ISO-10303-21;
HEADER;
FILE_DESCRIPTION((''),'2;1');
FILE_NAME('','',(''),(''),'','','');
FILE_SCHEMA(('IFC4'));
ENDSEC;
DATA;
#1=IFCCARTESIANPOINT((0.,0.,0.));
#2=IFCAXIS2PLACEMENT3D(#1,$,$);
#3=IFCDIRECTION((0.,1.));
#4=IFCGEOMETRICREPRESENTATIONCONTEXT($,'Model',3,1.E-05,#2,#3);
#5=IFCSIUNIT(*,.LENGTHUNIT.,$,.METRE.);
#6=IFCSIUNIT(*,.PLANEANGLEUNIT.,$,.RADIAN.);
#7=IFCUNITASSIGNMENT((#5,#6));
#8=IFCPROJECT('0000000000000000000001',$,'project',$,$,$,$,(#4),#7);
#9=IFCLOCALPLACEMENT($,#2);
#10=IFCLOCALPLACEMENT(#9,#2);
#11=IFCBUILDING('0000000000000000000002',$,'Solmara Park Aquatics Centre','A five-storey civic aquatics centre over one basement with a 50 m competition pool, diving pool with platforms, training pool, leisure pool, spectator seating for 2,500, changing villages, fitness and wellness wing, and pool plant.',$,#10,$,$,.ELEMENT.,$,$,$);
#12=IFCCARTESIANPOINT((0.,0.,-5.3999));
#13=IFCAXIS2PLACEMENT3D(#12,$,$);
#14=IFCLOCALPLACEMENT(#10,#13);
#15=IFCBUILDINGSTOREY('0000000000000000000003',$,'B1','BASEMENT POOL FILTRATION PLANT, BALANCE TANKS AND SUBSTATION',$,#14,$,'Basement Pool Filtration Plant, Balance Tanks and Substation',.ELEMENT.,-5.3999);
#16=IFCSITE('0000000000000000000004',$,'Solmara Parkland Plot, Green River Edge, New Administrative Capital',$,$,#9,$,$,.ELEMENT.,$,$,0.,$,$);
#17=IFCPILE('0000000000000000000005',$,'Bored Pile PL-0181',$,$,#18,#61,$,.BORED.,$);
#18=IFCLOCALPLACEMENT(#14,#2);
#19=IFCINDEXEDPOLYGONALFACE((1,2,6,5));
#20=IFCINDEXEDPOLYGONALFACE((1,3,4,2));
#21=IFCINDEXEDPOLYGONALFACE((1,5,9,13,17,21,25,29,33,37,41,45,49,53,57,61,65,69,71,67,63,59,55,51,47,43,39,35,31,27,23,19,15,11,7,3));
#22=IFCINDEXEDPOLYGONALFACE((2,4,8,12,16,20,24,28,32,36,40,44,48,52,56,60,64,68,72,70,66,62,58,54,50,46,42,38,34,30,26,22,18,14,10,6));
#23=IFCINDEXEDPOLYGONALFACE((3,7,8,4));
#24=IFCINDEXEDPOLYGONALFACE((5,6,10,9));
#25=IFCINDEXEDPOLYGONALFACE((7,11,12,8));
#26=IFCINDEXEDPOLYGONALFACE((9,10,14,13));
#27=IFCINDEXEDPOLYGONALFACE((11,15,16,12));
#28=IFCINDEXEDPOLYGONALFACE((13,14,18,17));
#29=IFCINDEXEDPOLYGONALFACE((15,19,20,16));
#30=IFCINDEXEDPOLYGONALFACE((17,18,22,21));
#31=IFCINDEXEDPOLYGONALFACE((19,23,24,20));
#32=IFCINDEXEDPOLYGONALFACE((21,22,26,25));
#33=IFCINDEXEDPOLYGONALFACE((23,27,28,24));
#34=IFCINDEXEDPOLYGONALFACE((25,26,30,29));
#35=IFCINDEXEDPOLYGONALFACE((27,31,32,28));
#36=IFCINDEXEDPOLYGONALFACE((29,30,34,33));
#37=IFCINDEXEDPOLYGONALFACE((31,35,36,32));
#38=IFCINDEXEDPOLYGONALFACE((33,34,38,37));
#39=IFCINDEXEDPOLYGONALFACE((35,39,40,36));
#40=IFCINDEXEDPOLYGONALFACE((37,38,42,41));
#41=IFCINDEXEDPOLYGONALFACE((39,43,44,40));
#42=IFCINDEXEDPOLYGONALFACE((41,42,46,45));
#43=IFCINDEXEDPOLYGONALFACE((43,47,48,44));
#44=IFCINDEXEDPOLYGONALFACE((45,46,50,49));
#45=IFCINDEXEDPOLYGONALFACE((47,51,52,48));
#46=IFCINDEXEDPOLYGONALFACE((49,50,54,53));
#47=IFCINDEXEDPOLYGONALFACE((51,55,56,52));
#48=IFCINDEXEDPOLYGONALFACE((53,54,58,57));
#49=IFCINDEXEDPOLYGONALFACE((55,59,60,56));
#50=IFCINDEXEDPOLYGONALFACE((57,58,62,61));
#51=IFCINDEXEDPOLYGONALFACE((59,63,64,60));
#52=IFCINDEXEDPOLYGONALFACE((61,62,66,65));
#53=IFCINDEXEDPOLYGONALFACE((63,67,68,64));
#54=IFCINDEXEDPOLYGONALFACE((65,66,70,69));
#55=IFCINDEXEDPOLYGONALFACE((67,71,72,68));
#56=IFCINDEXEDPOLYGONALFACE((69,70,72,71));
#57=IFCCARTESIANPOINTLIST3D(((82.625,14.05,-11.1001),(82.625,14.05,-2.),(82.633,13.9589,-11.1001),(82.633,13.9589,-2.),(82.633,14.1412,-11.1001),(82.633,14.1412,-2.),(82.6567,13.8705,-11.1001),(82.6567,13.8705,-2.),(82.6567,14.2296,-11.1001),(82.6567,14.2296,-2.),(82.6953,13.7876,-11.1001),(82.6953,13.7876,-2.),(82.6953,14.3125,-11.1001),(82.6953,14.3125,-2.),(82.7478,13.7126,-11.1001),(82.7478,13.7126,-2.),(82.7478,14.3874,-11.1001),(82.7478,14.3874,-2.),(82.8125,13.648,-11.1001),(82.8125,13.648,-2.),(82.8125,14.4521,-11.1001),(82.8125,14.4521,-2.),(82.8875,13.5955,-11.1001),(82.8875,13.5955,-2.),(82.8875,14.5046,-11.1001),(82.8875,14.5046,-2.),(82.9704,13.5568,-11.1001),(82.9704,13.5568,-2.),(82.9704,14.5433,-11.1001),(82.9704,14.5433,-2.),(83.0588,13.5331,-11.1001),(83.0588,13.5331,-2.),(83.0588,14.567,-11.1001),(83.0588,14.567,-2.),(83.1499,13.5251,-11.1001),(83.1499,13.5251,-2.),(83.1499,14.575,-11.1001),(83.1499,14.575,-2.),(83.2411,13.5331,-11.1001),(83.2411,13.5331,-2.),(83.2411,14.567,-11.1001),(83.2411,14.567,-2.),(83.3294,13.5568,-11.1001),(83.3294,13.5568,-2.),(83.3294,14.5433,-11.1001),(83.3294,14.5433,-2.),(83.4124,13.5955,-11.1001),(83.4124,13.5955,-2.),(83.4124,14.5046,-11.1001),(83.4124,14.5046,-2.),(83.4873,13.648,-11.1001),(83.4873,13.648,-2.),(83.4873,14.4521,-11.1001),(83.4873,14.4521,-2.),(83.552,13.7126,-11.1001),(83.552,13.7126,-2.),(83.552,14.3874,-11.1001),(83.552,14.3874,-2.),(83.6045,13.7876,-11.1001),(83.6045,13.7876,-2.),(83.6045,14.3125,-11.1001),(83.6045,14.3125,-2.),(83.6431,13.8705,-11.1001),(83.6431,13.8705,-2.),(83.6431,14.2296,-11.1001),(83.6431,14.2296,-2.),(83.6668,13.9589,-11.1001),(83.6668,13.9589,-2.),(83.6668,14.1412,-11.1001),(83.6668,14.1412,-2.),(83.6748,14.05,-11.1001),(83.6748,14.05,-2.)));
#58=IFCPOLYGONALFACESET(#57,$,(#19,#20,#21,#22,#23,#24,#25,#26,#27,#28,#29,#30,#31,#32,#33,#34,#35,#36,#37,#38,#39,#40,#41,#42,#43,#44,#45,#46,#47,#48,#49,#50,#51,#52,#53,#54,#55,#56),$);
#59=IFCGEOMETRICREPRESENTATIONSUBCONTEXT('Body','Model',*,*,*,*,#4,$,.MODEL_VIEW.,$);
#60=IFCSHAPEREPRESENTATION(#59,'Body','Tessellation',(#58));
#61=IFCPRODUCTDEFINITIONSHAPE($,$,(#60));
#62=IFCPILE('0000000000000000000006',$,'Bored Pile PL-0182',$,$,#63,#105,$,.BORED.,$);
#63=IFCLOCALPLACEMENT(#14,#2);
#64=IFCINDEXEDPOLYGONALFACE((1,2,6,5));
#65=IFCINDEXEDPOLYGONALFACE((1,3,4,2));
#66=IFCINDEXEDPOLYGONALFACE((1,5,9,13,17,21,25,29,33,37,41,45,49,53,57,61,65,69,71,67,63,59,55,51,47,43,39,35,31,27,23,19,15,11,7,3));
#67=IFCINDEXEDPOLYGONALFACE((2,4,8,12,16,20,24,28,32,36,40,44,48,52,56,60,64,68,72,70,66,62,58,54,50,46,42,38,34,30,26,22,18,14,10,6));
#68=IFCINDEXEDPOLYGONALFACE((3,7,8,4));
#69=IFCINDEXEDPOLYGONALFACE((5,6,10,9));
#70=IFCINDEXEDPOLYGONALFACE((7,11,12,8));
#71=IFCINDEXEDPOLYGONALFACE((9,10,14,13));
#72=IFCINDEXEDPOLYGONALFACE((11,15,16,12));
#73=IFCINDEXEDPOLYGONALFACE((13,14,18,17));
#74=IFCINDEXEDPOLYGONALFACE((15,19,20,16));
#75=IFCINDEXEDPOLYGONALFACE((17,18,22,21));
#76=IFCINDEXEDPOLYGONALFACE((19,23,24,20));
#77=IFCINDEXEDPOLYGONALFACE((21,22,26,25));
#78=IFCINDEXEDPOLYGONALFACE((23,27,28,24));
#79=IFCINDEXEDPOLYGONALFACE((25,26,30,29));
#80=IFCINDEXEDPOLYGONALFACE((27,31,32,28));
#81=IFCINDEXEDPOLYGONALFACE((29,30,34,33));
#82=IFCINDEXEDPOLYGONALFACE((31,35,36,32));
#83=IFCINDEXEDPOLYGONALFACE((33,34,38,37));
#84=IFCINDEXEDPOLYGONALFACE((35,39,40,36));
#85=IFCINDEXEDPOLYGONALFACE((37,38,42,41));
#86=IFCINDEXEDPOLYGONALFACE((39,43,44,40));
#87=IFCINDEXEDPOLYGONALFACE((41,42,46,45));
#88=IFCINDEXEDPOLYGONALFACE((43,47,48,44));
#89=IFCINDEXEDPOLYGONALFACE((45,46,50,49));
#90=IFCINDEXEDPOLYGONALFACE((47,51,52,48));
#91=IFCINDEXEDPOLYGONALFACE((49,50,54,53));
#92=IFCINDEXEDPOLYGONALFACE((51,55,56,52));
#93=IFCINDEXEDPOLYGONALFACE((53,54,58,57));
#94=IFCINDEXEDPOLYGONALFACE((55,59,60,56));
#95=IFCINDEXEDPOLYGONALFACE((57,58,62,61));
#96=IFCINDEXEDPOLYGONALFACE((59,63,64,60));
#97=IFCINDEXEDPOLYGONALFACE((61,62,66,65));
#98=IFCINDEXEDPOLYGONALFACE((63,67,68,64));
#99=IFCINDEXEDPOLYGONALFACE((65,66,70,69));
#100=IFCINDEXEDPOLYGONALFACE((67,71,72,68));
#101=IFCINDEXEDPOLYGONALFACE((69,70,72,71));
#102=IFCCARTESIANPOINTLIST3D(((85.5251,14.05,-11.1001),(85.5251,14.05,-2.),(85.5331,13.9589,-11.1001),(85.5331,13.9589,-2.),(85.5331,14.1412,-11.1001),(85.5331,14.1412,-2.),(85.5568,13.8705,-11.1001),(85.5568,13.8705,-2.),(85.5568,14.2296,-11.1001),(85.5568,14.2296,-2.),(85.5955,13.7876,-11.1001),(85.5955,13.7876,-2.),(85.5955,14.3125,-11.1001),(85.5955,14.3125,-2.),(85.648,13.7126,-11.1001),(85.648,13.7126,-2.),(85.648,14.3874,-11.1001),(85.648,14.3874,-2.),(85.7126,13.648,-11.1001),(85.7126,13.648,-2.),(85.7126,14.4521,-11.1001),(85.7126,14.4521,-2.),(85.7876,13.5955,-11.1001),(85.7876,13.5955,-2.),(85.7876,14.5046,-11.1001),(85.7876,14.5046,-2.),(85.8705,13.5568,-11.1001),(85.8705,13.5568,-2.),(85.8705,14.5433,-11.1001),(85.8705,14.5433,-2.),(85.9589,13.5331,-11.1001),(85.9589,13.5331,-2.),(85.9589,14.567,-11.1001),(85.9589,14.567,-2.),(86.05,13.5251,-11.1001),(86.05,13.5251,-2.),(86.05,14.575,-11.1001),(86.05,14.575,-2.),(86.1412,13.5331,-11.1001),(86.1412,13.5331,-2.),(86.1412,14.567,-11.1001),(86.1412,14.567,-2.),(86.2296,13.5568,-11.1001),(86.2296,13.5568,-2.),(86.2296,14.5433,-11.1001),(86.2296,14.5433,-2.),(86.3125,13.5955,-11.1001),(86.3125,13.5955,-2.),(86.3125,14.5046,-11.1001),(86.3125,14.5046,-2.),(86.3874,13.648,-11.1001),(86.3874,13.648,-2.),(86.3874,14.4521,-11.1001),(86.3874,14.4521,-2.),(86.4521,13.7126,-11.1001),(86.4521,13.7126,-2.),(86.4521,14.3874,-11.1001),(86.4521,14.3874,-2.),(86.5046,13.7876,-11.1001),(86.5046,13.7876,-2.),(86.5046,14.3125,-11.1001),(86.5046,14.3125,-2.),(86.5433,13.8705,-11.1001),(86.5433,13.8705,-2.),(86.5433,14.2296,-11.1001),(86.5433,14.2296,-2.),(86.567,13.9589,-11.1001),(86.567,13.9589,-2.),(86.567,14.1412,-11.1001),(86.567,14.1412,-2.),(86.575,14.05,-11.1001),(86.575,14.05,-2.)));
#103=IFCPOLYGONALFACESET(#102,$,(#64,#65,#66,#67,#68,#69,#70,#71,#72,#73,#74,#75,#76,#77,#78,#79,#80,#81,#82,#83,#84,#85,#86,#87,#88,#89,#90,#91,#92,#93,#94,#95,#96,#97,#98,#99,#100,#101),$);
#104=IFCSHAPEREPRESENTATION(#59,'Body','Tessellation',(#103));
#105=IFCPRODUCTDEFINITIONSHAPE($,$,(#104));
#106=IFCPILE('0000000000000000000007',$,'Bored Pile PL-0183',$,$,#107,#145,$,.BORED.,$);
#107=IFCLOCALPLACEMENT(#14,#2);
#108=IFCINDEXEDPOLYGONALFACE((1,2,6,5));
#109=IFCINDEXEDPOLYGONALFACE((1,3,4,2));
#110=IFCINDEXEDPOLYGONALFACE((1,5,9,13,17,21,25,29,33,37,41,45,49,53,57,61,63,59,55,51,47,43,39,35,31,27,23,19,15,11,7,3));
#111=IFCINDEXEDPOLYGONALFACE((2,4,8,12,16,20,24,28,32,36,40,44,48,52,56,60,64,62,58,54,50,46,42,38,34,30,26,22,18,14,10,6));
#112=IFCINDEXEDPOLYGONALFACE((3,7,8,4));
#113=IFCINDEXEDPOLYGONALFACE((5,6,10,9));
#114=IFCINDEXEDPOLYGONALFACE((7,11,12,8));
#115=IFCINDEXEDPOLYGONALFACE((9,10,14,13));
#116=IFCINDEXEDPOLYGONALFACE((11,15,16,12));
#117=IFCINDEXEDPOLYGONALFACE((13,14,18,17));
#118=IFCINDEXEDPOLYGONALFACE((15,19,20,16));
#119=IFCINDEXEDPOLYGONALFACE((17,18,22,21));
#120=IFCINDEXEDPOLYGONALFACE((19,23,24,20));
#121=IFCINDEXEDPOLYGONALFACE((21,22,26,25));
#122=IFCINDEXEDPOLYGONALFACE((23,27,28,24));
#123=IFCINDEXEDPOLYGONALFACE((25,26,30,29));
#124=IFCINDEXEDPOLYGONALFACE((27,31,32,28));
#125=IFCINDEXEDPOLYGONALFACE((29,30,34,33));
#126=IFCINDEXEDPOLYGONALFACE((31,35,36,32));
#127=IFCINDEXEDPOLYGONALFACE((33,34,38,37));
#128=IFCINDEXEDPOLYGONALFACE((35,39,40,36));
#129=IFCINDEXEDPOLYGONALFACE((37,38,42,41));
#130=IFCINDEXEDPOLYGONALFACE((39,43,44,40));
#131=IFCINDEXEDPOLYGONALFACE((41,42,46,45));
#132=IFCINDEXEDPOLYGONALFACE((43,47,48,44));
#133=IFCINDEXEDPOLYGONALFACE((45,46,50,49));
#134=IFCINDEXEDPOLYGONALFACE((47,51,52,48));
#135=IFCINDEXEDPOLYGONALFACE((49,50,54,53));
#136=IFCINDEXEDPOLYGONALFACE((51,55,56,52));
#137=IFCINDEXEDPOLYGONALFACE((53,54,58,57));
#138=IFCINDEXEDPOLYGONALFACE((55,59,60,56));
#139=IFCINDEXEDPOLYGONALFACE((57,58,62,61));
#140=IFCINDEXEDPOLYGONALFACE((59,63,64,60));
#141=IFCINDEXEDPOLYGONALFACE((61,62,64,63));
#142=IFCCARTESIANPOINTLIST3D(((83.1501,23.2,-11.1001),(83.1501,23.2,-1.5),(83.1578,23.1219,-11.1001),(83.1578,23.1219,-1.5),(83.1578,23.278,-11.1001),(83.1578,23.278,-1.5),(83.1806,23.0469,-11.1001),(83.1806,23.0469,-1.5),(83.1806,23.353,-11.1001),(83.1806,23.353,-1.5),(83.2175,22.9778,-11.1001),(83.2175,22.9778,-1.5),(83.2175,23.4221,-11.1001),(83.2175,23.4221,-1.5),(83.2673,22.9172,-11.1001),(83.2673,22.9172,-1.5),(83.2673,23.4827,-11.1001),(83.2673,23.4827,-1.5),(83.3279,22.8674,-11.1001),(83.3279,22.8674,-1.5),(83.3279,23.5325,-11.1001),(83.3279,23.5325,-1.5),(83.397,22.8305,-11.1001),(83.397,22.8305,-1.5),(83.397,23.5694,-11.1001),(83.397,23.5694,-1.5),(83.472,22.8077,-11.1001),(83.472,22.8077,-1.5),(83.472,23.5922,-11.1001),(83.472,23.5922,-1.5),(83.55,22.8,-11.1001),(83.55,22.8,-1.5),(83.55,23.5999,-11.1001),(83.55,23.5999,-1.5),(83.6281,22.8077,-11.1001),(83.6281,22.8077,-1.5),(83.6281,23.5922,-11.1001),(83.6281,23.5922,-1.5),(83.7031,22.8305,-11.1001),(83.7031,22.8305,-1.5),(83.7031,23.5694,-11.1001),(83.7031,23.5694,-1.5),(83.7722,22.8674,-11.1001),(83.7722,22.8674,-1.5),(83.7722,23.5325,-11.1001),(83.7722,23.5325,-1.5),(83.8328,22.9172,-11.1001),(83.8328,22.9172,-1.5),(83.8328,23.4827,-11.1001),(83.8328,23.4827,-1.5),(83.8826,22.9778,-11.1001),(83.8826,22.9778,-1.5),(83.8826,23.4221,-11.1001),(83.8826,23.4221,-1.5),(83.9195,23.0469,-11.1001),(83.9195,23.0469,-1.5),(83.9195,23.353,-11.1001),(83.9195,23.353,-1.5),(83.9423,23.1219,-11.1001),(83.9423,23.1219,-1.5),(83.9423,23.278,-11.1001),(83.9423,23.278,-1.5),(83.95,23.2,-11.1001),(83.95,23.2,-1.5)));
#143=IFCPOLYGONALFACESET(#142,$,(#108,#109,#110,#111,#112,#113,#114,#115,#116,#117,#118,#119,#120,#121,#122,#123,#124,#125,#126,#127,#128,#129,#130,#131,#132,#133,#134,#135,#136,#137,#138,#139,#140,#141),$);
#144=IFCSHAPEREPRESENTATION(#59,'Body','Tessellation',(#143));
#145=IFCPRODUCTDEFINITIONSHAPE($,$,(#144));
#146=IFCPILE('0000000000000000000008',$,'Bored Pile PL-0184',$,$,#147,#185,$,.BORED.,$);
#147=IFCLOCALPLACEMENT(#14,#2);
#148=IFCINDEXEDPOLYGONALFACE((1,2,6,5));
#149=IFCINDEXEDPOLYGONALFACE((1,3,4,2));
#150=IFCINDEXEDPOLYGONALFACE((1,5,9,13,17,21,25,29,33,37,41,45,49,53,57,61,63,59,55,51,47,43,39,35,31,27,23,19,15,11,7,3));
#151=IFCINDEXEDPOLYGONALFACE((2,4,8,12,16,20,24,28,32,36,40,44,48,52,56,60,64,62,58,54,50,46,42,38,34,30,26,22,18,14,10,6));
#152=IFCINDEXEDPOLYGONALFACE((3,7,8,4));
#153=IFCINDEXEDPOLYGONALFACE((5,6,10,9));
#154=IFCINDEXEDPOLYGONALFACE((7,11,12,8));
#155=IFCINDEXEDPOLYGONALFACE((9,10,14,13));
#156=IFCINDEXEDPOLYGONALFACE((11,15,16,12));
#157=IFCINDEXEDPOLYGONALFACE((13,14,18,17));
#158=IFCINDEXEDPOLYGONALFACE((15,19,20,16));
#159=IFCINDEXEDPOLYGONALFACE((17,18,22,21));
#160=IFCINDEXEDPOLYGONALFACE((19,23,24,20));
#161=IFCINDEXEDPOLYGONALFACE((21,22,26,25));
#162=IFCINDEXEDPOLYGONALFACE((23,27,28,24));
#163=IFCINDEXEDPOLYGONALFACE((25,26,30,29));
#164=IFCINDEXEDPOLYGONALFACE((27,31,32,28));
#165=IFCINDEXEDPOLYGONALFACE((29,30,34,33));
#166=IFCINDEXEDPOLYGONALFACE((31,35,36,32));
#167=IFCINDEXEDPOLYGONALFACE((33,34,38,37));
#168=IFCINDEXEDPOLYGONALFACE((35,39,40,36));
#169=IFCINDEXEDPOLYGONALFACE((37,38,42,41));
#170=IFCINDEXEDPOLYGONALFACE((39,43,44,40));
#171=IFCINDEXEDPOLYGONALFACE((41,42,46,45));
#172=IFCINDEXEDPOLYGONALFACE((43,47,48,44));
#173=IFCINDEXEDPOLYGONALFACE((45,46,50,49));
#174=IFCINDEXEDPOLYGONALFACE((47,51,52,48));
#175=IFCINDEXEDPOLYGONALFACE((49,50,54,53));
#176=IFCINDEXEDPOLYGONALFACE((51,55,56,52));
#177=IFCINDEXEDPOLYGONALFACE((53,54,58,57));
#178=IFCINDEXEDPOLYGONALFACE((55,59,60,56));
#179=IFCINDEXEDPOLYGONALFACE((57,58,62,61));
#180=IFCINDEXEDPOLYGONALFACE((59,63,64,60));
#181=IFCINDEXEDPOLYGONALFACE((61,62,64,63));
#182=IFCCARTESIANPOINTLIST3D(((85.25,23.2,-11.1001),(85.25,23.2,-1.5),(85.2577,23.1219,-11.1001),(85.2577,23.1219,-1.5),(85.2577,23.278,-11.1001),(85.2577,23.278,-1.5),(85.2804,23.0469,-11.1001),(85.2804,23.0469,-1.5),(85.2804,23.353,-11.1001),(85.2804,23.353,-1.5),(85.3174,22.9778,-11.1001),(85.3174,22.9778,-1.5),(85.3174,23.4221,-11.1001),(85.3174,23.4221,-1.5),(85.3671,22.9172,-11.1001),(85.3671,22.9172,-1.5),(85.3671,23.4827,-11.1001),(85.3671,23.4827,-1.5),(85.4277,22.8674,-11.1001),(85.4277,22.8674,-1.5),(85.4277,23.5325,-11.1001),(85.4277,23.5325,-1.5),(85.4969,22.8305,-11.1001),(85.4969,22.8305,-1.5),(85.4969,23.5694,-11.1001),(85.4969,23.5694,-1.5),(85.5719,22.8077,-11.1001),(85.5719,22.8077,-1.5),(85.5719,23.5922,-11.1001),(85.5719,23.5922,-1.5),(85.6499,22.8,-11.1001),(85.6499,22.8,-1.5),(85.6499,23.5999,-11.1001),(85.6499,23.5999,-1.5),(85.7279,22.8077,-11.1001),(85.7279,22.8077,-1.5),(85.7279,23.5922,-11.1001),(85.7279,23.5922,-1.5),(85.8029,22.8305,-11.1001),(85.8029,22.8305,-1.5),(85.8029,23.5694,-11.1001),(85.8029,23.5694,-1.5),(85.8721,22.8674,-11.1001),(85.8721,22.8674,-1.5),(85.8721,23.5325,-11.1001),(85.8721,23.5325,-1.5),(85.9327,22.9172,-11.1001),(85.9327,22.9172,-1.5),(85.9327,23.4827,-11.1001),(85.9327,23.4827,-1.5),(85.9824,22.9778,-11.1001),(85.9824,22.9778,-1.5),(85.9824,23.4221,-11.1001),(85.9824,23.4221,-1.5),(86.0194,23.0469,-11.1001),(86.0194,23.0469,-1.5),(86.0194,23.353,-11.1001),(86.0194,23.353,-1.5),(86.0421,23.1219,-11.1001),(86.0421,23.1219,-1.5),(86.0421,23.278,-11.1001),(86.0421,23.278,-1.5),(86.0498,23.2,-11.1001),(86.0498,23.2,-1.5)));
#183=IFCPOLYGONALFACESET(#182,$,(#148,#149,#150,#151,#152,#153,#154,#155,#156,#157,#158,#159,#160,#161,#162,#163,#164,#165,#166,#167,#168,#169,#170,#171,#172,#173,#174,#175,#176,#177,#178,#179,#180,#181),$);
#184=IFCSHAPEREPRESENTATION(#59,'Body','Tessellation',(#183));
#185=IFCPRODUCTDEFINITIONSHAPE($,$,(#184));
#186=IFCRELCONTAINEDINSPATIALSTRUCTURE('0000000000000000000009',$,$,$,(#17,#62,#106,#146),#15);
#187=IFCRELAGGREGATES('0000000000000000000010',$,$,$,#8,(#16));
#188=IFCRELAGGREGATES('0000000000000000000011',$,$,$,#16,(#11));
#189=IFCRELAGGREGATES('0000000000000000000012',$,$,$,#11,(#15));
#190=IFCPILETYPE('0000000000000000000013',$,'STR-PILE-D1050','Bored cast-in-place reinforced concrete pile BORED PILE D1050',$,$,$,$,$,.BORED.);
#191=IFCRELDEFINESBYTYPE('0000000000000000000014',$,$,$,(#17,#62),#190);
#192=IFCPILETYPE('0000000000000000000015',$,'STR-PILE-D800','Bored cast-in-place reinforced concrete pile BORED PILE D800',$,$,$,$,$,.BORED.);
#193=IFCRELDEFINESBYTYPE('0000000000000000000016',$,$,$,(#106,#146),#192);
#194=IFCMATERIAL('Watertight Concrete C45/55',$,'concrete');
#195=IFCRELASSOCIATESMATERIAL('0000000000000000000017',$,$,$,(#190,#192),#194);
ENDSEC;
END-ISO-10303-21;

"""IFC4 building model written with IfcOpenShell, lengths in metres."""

from ifc_helpers import new_model, si_unit, direction, frame, origin, origin_2d, place, context, subcontext, project, spatial, circle, extrude, material, material_profile, profile_set, type_object, element, save


model = new_model("IFC4")

# Units and contexts
model_context = context("Model", 3, precision=1e-05, world=origin(), true_north=direction((0.0, 1.0)))
body_context = subcontext(model_context, "Body", "Model", "MODEL_VIEW")
ifc_project = project(units=[si_unit("LENGTHUNIT", "METRE"), si_unit("PLANEANGLEUNIT", "RADIAN")], contexts=[model_context])

# Site, building, storey
site_placement = place(None, origin())
site = spatial("IfcSite", under=ifc_project, at=site_placement, Name="Solmara Parkland Plot, Green River Edge, New Administrative Capital", CompositionType="ELEMENT", RefElevation=0.0)
building_placement = place(site_placement, origin())
building = spatial("IfcBuilding", under=site, at=building_placement, Name="Solmara Park Aquatics Centre", Description="A five-storey civic aquatics centre over one basement with a 50 m competition pool, diving pool with platforms, training pool, leisure pool, spectator seating for 2,500, changing villages, fitness and wellness wing, and pool plant.", CompositionType="ELEMENT")
storey_placement = place(building_placement, frame((0.0, 0.0, -5.3999)))
storey = spatial("IfcBuildingStorey", under=building, at=storey_placement, Name="B1", Description="BASEMENT POOL FILTRATION PLANT, BALANCE TANKS AND SUBSTATION", LongName="Basement Pool Filtration Plant, Balance Tanks and Substation", CompositionType="ELEMENT", Elevation=-5.3999)

# Shared definitions
ifc_material_1 = material(Name="Watertight Concrete C45/55", Category="concrete")

# Piles
ifc_material_profile_1 = material_profile(ifc_material_1, circle(Radius=0.5249, at=origin_2d()), Name="BORED PILE D1050")
ifc_profile_set_1 = profile_set([ifc_material_profile_1], Name="Watertight Concrete C45/55")
pile_type_1 = type_object("IfcPileType", Name="STR-PILE-D1050", Description="Bored cast-in-place reinforced concrete pile BORED PILE D1050", PredefinedType="BORED", material=ifc_profile_set_1)
for number, where, z_axis, x_axis, name in (
    (1, (83.1499, 14.05, -2.0), (0.0, 0.0, -1.0), (1.0, 0.0, 0.0), "Bored Pile PL-0181"),
    (2, (86.05, 14.05, -2.0), (0.0, 0.0, -1.0), (1.0, 0.0, 0.0), "Bored Pile PL-0182"),
):
    element("IfcPile", number, at=place(storey_placement, frame(where, z_axis=z_axis, x_axis=x_axis)), inside=storey, type_object=pile_type_1, Name=name, PredefinedType="BORED", context=body_context, shape_type="SweptSolid", body=[
        extrude(circle(Radius=0.5249, at=origin_2d()), origin(), (0.0, 0.0, 1.0), 9.1001),
    ])
ifc_material_profile_2 = material_profile(ifc_material_1, circle(Radius=0.3999, at=origin_2d()), Name="BORED PILE D800")
ifc_profile_set_2 = profile_set([ifc_material_profile_2], Name="Watertight Concrete C45/55")
pile_type_2 = type_object("IfcPileType", Name="STR-PILE-D800", Description="Bored cast-in-place reinforced concrete pile BORED PILE D800", PredefinedType="BORED", material=ifc_profile_set_2)
for number, where, z_axis, x_axis, name in (
    (3, (83.55, 23.2, -1.5), (0.0, 0.0, -1.0), (1.0, 0.0, 0.0), "Bored Pile PL-0183"),
    (4, (85.6499, 23.2, -1.5), (0.0, 0.0, -1.0), (1.0, 0.0, 0.0), "Bored Pile PL-0184"),
):
    element("IfcPile", number, at=place(storey_placement, frame(where, z_axis=z_axis, x_axis=x_axis)), inside=storey, type_object=pile_type_2, Name=name, PredefinedType="BORED", context=body_context, shape_type="SweptSolid", body=[
        extrude(circle(Radius=0.3999, at=origin_2d()), origin(), (0.0, 0.0, 1.0), 9.6001),
    ])

save(model, "model.ifc")
